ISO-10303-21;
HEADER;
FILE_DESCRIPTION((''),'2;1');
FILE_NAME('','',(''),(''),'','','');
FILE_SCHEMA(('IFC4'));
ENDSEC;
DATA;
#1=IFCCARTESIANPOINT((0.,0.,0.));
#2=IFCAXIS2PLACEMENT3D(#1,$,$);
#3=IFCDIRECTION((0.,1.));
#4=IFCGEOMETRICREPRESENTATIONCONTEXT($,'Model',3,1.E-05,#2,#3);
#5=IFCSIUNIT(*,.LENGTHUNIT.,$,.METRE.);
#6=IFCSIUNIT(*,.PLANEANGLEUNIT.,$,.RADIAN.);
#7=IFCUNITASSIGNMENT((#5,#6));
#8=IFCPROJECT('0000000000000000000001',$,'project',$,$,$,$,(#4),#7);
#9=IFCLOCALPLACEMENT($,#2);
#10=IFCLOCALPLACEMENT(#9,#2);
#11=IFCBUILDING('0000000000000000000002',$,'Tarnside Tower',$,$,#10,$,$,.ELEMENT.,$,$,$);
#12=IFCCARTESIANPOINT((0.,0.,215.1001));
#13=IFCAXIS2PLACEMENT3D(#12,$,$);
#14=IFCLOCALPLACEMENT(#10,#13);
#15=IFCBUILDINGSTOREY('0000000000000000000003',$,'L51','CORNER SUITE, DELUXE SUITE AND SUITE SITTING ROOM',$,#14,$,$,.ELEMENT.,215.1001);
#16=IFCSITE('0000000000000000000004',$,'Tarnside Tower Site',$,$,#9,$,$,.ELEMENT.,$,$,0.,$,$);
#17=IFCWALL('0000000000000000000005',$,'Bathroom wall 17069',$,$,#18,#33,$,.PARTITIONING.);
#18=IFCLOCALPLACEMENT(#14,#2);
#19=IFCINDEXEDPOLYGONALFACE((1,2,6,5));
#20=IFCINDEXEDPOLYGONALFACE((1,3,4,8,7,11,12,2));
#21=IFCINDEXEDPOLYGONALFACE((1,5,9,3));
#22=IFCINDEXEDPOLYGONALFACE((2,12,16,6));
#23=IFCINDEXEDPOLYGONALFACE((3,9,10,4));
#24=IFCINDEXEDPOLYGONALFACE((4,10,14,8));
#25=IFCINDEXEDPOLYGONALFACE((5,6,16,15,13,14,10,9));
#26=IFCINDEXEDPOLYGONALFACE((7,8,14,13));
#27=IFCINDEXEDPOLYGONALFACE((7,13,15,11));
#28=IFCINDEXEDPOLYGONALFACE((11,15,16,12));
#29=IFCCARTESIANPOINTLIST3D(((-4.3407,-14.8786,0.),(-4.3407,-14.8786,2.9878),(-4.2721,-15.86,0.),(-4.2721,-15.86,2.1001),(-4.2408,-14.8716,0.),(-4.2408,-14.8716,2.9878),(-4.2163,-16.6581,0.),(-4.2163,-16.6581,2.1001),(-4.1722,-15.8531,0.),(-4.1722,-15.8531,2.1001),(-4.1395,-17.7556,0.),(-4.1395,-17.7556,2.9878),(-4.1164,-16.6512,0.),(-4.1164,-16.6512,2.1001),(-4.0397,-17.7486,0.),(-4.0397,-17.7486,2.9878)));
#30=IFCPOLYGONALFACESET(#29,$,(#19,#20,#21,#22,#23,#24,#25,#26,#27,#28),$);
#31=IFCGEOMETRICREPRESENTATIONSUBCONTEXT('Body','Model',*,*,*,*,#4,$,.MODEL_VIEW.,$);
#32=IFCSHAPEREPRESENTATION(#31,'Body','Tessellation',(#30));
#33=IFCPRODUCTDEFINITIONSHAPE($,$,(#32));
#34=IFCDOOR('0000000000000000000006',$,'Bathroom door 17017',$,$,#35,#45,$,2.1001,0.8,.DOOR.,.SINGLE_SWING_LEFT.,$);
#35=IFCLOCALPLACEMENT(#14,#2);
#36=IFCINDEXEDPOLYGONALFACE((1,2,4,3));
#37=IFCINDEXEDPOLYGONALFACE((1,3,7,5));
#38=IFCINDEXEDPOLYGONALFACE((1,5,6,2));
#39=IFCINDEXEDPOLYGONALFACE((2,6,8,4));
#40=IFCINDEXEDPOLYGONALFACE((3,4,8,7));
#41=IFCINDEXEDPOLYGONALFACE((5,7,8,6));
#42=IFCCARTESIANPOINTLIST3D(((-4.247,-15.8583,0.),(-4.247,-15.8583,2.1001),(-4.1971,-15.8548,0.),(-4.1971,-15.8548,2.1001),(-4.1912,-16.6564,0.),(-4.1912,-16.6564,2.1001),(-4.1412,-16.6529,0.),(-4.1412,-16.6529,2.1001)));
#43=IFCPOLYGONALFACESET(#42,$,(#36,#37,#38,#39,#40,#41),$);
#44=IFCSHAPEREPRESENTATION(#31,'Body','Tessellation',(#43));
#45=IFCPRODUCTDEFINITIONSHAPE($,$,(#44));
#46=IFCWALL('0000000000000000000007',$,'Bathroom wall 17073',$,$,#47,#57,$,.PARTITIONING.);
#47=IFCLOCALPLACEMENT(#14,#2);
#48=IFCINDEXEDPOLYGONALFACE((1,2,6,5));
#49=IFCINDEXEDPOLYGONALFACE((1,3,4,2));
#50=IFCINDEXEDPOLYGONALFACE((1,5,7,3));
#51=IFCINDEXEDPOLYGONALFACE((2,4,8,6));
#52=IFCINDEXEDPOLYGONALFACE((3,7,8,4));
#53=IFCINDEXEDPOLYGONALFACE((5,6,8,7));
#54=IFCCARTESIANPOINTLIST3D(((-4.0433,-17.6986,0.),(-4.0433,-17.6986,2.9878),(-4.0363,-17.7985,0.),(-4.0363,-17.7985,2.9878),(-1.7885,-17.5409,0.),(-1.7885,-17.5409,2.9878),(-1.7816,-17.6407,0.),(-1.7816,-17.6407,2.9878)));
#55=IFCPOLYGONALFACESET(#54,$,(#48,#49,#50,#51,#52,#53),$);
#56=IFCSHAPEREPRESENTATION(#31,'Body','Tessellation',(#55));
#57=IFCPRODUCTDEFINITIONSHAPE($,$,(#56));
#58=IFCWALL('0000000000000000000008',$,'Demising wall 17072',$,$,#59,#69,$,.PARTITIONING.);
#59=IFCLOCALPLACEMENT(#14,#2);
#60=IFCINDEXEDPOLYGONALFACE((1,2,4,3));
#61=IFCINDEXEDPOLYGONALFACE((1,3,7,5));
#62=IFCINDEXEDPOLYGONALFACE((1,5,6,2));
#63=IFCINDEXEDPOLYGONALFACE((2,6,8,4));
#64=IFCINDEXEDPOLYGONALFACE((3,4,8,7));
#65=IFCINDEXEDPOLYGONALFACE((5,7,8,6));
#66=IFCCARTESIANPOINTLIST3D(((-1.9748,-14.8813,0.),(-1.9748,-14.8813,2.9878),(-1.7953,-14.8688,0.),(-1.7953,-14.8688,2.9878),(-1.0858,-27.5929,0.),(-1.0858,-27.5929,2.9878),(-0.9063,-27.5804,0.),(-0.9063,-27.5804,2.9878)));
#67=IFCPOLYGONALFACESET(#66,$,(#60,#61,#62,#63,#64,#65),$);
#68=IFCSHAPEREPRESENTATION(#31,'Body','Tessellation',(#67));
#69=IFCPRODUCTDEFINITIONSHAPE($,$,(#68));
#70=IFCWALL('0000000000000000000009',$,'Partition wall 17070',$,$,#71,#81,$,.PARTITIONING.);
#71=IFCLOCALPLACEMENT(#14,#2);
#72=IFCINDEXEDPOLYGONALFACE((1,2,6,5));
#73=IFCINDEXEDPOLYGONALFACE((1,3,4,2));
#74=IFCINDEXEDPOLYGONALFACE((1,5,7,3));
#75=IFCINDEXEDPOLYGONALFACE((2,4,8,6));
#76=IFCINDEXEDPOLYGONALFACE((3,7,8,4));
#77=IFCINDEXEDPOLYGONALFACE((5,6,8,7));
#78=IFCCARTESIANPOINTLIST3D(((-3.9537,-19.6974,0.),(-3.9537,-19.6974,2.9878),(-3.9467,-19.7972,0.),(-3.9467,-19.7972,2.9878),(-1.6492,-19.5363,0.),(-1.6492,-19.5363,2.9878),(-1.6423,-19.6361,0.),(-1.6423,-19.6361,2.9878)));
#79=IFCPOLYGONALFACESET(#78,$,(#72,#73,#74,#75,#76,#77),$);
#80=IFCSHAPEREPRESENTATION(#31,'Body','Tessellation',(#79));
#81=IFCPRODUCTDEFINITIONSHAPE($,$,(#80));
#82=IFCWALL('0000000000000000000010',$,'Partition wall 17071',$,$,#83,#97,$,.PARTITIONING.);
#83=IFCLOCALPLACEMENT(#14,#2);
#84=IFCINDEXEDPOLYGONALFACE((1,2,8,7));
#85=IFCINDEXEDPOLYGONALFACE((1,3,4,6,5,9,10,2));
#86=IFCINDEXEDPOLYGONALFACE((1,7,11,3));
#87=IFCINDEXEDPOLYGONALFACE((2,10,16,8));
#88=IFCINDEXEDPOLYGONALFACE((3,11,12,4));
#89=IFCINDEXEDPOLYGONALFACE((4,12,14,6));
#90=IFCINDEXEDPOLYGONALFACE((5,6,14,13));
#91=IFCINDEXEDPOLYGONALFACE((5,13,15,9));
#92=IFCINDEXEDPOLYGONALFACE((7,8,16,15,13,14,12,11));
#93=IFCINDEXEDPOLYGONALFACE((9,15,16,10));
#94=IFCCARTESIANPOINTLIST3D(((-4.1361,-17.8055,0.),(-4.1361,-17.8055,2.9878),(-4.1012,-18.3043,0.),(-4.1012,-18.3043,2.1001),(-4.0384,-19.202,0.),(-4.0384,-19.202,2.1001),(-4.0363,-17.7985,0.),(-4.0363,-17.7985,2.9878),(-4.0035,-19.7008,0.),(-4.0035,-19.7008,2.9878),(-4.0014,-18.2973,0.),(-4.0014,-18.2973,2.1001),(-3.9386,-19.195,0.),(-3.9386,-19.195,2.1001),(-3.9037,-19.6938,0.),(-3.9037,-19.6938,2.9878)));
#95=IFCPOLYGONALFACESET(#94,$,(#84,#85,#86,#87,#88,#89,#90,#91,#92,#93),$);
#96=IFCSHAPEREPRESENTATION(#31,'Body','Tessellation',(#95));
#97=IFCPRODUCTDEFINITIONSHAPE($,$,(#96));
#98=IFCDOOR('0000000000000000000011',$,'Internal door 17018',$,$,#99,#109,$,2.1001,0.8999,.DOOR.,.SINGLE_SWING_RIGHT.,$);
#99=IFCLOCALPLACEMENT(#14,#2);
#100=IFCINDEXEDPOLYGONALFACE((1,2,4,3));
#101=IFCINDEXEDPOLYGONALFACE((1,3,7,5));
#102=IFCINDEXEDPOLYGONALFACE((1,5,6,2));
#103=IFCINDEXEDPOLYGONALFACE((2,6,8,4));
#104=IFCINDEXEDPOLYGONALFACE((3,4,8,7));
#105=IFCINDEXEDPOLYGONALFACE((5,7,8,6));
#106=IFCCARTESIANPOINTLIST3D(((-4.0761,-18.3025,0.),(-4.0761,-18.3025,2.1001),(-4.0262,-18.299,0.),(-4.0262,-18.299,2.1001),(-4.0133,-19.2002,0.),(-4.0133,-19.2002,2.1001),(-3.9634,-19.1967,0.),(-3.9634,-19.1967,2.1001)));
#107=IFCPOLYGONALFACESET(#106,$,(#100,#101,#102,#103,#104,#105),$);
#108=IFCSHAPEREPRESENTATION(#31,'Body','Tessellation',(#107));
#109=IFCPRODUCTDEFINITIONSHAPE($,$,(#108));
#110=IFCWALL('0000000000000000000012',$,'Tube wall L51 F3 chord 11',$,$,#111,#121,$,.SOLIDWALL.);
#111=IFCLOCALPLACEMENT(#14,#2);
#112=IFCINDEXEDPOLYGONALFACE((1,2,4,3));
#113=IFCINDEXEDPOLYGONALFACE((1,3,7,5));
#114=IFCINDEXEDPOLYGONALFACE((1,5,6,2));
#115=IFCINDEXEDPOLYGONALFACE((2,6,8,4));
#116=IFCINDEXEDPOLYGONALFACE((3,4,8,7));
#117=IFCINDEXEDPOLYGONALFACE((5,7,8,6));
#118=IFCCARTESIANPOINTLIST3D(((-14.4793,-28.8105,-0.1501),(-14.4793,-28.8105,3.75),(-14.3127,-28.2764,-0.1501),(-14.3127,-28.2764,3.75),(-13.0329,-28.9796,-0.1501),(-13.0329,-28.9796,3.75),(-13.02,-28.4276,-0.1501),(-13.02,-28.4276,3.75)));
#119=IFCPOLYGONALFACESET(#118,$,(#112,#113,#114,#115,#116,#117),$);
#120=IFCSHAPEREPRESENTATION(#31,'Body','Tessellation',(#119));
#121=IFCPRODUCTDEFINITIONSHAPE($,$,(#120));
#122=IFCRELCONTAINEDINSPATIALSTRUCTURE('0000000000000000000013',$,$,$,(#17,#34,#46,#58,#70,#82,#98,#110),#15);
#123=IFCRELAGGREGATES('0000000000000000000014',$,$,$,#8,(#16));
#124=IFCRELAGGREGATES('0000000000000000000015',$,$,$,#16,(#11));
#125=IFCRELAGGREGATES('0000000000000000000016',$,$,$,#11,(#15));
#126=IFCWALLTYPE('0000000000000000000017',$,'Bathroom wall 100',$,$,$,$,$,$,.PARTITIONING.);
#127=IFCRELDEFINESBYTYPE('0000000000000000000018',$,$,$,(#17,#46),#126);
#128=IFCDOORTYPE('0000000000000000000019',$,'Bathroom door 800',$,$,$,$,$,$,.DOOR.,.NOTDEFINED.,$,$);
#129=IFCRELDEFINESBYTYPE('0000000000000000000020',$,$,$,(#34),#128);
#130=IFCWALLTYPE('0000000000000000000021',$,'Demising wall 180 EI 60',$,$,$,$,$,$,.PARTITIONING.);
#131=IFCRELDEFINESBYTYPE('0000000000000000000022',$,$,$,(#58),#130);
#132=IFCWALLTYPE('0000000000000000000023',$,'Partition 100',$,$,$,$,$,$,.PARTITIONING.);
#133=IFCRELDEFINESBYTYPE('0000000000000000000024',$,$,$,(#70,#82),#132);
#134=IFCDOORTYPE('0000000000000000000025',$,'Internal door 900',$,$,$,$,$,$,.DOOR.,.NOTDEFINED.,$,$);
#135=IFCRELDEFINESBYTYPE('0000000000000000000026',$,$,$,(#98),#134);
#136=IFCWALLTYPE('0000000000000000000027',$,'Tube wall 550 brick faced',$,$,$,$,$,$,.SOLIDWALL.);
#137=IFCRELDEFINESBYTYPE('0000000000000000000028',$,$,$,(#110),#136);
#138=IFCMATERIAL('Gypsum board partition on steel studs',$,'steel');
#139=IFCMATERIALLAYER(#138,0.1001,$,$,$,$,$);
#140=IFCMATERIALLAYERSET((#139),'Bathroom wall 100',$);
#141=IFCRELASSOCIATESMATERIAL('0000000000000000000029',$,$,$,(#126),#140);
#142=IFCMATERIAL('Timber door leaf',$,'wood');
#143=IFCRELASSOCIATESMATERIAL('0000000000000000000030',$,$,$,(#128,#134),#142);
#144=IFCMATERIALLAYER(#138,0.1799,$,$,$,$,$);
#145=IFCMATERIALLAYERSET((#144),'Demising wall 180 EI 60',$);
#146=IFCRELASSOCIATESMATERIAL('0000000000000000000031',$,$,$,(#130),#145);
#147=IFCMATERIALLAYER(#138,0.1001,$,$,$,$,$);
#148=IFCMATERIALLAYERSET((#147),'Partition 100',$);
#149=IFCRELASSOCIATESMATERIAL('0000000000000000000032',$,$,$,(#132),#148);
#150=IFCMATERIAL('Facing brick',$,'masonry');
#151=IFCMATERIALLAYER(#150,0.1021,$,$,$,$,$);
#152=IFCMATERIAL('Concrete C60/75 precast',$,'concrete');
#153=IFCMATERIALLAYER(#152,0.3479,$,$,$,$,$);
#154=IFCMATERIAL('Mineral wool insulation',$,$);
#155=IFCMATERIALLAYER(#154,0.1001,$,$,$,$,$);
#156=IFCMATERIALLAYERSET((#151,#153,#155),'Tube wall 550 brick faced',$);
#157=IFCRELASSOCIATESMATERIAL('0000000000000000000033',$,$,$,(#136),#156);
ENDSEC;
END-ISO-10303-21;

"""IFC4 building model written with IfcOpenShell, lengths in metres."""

from ifc_helpers import new_model, si_unit, direction, frame, frame_2d, origin, place, context, subcontext, project, spatial, polyline, rectangle, outline, extrude, material, layer, layer_set, type_object, element, fill, save


model = new_model("IFC4")

# Units and contexts
model_context = context("Model", 3, precision=1e-05, world=origin(), true_north=direction((0.0, 1.0)))
body_context = subcontext(model_context, "Body", "Model", "MODEL_VIEW")
ifc_project = project(units=[si_unit("LENGTHUNIT", "METRE"), si_unit("PLANEANGLEUNIT", "RADIAN")], contexts=[model_context])

# Site, building, storey
site_placement = place(None, origin())
site = spatial("IfcSite", under=ifc_project, at=site_placement, Name="Tarnside Tower Site", CompositionType="ELEMENT", RefElevation=0.0)
building_placement = place(site_placement, origin())
building = spatial("IfcBuilding", under=site, at=building_placement, Name="Tarnside Tower", CompositionType="ELEMENT")
storey_placement = place(building_placement, frame((0.0, 0.0, 215.1001)))
storey = spatial("IfcBuildingStorey", under=building, at=storey_placement, Name="L51", Description="CORNER SUITE, DELUXE SUITE AND SUITE SITTING ROOM", CompositionType="ELEMENT", Elevation=215.1001)

# Wall, opening, door
ifc_material_1 = material(Name="Gypsum board partition on steel studs", Category="steel")
ifc_layer_1 = layer(ifc_material_1, 0.1001)
ifc_layer_set_1 = layer_set([ifc_layer_1], Name="Bathroom wall 100")
wall_type_1 = type_object("IfcWallType", Name="Bathroom wall 100", PredefinedType="PARTITIONING", material=ifc_layer_set_1)
wall_1_placement = place(storey_placement, frame((-4.0896, -17.752, 0.0), z_axis=(0.0, 0.0, 1.0), x_axis=(-0.069755, 0.997564, 0.0)))
wall_1 = element("IfcWall", 1, at=wall_1_placement, inside=storey, type_object=wall_type_1, Name="Bathroom wall 17069", PredefinedType="PARTITIONING", context=body_context, shape_type="SweptSolid", body=[
    extrude(rectangle(XDim=2.884, YDim=0.1001, at=frame_2d((1.4419, 0.0))), origin(), (0.0, 0.0, 1.0), 2.9878),
])
opening_1_placement = place(wall_1_placement, frame((1.1001, 0.0, 0.0)))
opening_1 = element("IfcOpeningElement", 2, at=opening_1_placement, cuts=wall_1, PredefinedType="OPENING", context=body_context, shape_type="SweptSolid", body=[
    extrude(rectangle(XDim=0.8, YDim=2.1001, at=frame_2d((0.3999, 1.05))), frame((0.0, 0.0601, 0.0), z_axis=(0.0, -1.0, 0.0), x_axis=(1.0, 0.0, 0.0)), (0.0, 0.0, 1.0), 0.1201),
])
ifc_material_2 = material(Name="Timber door leaf", Category="wood")
door_type_1 = type_object("IfcDoorType", Name="Bathroom door 800", OperationType="NOTDEFINED", PredefinedType="DOOR", material=ifc_material_2)
door_1_placement = place(opening_1_placement, origin())
door_1 = element("IfcDoor", 3, at=door_1_placement, inside=storey, type_object=door_type_1, Name="Bathroom door 17017", OperationType="SINGLE_SWING_LEFT", OverallHeight=2.1001, OverallWidth=0.8, PredefinedType="DOOR", context=body_context, shape_type="SweptSolid", body=[
    extrude(rectangle(XDim=0.8, YDim=2.1001, at=frame_2d((0.3999, 1.05))), frame((0.0, 0.0249, 0.0), z_axis=(0.0, -1.0, 0.0), x_axis=(1.0, 0.0, 0.0)), (0.0, 0.0, 1.0), 0.05),
])
fill(opening_1, door_1)

# Walls
wall_2_placement = place(storey_placement, frame((-4.0398, -17.7485, 0.0), z_axis=(0.0, 0.0, 1.0), x_axis=(0.997562, 0.069781, 0.0)))
element("IfcWall", 4, at=wall_2_placement, inside=storey, type_object=wall_type_1, Name="Bathroom wall 17073", PredefinedType="PARTITIONING", context=body_context, shape_type="SweptSolid", body=[
    extrude(rectangle(XDim=2.2603, YDim=0.1001, at=frame_2d((1.1301, 0.0))), origin(), (0.0, 0.0, 1.0), 2.9878),
])
ifc_layer_2 = layer(ifc_material_1, 0.1799)
ifc_layer_set_2 = layer_set([ifc_layer_2], Name="Demising wall 180 EI 60")
wall_type_2 = type_object("IfcWallType", Name="Demising wall 180 EI 60", PredefinedType="PARTITIONING", material=ifc_layer_set_2)
wall_3_placement = place(storey_placement, frame((-0.9961, -27.5867, 0.0), z_axis=(0.0, 0.0, 1.0), x_axis=(-0.069759, 0.997564, 0.0)))
element("IfcWall", 5, at=wall_3_placement, inside=storey, type_object=wall_type_2, Name="Demising wall 17072", PredefinedType="PARTITIONING", context=body_context, shape_type="SweptSolid", body=[
    extrude(rectangle(XDim=12.7427, YDim=0.1799, at=frame_2d((6.3713, 0.0))), origin(), (0.0, 0.0, 1.0), 2.9878),
])
ifc_layer_3 = layer(ifc_material_1, 0.1001)
ifc_layer_set_3 = layer_set([ifc_layer_3], Name="Partition 100")
wall_type_3 = type_object("IfcWallType", Name="Partition 100", PredefinedType="PARTITIONING", material=ifc_layer_set_3)
wall_4_placement = place(storey_placement, frame((-1.6458, -19.5862, 0.0), z_axis=(0.0, 0.0, 1.0), x_axis=(-0.997564, -0.069752, 0.0)))
element("IfcWall", 6, at=wall_4_placement, inside=storey, type_object=wall_type_3, Name="Partition wall 17070", PredefinedType="PARTITIONING", context=body_context, shape_type="SweptSolid", body=[
    extrude(rectangle(XDim=2.3101, YDim=0.1001, at=frame_2d((1.155, 0.0))), origin(), (0.0, 0.0, 1.0), 2.9878),
])

# Wall, opening, door
wall_5_placement = place(storey_placement, frame((-3.9536, -19.6973, 0.0), z_axis=(0.0, 0.0, 1.0), x_axis=(-0.069777, 0.997563, 0.0)))
wall_5 = element("IfcWall", 7, at=wall_5_placement, inside=storey, type_object=wall_type_3, Name="Partition wall 17071", PredefinedType="PARTITIONING", context=body_context, shape_type="SweptSolid", body=[
    extrude(rectangle(XDim=1.8999, YDim=0.1001, at=frame_2d((0.95, 0.0))), origin(), (0.0, 0.0, 1.0), 2.9878),
])
opening_2_placement = place(wall_5_placement, frame((0.5, 0.0, 0.0)))
opening_2 = element("IfcOpeningElement", 8, at=opening_2_placement, cuts=wall_5, PredefinedType="OPENING", context=body_context, shape_type="SweptSolid", body=[
    extrude(rectangle(XDim=0.8999, YDim=2.1001, at=frame_2d((0.45, 1.05))), frame((0.0, 0.0601, 0.0), z_axis=(0.0, -1.0, 0.0), x_axis=(1.0, 0.0, 0.0)), (0.0, 0.0, 1.0), 0.1201),
])
door_type_2 = type_object("IfcDoorType", Name="Internal door 900", OperationType="NOTDEFINED", PredefinedType="DOOR", material=ifc_material_2)
door_2_placement = place(opening_2_placement, origin())
door_2 = element("IfcDoor", 9, at=door_2_placement, inside=storey, type_object=door_type_2, Name="Internal door 17018", OperationType="SINGLE_SWING_RIGHT", OverallHeight=2.1001, OverallWidth=0.8999, PredefinedType="DOOR", context=body_context, shape_type="SweptSolid", body=[
    extrude(rectangle(XDim=0.8999, YDim=2.1001, at=frame_2d((0.45, 1.05))), frame((0.0, 0.0249, 0.0), z_axis=(0.0, -1.0, 0.0), x_axis=(1.0, 0.0, 0.0)), (0.0, 0.0, 1.0), 0.05),
])
fill(opening_2, door_2)

# Wall
ifc_material_3 = material(Name="Facing brick", Category="masonry")
ifc_layer_4 = layer(ifc_material_3, 0.1021)
ifc_material_4 = material(Name="Concrete C60/75 precast", Category="concrete")
ifc_layer_5 = layer(ifc_material_4, 0.3479)
ifc_material_5 = material(Name="Mineral wool insulation")
ifc_layer_6 = layer(ifc_material_5, 0.1001)
ifc_layer_set_4 = layer_set([ifc_layer_4, ifc_layer_5, ifc_layer_6], Name="Tube wall 550 brick faced")
wall_type_4 = type_object("IfcWallType", Name="Tube wall 550 brick faced", PredefinedType="SOLIDWALL", material=ifc_layer_set_4)
wall_6_placement = place(storey_placement, frame((-14.396, -28.5435, -0.1501), z_axis=(0.0, 0.0, 1.0), x_axis=(0.993233, -0.116143, 0.0)))
element("IfcWall", 10, at=wall_6_placement, inside=storey, type_object=wall_type_4, Name="Tube wall L51 F3 chord 11", PredefinedType="SOLIDWALL", context=body_context, shape_type="SweptSolid", body=[
    extrude(outline(polyline([(-0.0518, -0.2749), (1.4045, -0.2749), (1.3533, 0.2749), (0.0518, 0.2749), (-0.0518, -0.2749)])), origin(), (0.0, 0.0, 1.0), 3.9001),
])

save(model, "model.ifc")
